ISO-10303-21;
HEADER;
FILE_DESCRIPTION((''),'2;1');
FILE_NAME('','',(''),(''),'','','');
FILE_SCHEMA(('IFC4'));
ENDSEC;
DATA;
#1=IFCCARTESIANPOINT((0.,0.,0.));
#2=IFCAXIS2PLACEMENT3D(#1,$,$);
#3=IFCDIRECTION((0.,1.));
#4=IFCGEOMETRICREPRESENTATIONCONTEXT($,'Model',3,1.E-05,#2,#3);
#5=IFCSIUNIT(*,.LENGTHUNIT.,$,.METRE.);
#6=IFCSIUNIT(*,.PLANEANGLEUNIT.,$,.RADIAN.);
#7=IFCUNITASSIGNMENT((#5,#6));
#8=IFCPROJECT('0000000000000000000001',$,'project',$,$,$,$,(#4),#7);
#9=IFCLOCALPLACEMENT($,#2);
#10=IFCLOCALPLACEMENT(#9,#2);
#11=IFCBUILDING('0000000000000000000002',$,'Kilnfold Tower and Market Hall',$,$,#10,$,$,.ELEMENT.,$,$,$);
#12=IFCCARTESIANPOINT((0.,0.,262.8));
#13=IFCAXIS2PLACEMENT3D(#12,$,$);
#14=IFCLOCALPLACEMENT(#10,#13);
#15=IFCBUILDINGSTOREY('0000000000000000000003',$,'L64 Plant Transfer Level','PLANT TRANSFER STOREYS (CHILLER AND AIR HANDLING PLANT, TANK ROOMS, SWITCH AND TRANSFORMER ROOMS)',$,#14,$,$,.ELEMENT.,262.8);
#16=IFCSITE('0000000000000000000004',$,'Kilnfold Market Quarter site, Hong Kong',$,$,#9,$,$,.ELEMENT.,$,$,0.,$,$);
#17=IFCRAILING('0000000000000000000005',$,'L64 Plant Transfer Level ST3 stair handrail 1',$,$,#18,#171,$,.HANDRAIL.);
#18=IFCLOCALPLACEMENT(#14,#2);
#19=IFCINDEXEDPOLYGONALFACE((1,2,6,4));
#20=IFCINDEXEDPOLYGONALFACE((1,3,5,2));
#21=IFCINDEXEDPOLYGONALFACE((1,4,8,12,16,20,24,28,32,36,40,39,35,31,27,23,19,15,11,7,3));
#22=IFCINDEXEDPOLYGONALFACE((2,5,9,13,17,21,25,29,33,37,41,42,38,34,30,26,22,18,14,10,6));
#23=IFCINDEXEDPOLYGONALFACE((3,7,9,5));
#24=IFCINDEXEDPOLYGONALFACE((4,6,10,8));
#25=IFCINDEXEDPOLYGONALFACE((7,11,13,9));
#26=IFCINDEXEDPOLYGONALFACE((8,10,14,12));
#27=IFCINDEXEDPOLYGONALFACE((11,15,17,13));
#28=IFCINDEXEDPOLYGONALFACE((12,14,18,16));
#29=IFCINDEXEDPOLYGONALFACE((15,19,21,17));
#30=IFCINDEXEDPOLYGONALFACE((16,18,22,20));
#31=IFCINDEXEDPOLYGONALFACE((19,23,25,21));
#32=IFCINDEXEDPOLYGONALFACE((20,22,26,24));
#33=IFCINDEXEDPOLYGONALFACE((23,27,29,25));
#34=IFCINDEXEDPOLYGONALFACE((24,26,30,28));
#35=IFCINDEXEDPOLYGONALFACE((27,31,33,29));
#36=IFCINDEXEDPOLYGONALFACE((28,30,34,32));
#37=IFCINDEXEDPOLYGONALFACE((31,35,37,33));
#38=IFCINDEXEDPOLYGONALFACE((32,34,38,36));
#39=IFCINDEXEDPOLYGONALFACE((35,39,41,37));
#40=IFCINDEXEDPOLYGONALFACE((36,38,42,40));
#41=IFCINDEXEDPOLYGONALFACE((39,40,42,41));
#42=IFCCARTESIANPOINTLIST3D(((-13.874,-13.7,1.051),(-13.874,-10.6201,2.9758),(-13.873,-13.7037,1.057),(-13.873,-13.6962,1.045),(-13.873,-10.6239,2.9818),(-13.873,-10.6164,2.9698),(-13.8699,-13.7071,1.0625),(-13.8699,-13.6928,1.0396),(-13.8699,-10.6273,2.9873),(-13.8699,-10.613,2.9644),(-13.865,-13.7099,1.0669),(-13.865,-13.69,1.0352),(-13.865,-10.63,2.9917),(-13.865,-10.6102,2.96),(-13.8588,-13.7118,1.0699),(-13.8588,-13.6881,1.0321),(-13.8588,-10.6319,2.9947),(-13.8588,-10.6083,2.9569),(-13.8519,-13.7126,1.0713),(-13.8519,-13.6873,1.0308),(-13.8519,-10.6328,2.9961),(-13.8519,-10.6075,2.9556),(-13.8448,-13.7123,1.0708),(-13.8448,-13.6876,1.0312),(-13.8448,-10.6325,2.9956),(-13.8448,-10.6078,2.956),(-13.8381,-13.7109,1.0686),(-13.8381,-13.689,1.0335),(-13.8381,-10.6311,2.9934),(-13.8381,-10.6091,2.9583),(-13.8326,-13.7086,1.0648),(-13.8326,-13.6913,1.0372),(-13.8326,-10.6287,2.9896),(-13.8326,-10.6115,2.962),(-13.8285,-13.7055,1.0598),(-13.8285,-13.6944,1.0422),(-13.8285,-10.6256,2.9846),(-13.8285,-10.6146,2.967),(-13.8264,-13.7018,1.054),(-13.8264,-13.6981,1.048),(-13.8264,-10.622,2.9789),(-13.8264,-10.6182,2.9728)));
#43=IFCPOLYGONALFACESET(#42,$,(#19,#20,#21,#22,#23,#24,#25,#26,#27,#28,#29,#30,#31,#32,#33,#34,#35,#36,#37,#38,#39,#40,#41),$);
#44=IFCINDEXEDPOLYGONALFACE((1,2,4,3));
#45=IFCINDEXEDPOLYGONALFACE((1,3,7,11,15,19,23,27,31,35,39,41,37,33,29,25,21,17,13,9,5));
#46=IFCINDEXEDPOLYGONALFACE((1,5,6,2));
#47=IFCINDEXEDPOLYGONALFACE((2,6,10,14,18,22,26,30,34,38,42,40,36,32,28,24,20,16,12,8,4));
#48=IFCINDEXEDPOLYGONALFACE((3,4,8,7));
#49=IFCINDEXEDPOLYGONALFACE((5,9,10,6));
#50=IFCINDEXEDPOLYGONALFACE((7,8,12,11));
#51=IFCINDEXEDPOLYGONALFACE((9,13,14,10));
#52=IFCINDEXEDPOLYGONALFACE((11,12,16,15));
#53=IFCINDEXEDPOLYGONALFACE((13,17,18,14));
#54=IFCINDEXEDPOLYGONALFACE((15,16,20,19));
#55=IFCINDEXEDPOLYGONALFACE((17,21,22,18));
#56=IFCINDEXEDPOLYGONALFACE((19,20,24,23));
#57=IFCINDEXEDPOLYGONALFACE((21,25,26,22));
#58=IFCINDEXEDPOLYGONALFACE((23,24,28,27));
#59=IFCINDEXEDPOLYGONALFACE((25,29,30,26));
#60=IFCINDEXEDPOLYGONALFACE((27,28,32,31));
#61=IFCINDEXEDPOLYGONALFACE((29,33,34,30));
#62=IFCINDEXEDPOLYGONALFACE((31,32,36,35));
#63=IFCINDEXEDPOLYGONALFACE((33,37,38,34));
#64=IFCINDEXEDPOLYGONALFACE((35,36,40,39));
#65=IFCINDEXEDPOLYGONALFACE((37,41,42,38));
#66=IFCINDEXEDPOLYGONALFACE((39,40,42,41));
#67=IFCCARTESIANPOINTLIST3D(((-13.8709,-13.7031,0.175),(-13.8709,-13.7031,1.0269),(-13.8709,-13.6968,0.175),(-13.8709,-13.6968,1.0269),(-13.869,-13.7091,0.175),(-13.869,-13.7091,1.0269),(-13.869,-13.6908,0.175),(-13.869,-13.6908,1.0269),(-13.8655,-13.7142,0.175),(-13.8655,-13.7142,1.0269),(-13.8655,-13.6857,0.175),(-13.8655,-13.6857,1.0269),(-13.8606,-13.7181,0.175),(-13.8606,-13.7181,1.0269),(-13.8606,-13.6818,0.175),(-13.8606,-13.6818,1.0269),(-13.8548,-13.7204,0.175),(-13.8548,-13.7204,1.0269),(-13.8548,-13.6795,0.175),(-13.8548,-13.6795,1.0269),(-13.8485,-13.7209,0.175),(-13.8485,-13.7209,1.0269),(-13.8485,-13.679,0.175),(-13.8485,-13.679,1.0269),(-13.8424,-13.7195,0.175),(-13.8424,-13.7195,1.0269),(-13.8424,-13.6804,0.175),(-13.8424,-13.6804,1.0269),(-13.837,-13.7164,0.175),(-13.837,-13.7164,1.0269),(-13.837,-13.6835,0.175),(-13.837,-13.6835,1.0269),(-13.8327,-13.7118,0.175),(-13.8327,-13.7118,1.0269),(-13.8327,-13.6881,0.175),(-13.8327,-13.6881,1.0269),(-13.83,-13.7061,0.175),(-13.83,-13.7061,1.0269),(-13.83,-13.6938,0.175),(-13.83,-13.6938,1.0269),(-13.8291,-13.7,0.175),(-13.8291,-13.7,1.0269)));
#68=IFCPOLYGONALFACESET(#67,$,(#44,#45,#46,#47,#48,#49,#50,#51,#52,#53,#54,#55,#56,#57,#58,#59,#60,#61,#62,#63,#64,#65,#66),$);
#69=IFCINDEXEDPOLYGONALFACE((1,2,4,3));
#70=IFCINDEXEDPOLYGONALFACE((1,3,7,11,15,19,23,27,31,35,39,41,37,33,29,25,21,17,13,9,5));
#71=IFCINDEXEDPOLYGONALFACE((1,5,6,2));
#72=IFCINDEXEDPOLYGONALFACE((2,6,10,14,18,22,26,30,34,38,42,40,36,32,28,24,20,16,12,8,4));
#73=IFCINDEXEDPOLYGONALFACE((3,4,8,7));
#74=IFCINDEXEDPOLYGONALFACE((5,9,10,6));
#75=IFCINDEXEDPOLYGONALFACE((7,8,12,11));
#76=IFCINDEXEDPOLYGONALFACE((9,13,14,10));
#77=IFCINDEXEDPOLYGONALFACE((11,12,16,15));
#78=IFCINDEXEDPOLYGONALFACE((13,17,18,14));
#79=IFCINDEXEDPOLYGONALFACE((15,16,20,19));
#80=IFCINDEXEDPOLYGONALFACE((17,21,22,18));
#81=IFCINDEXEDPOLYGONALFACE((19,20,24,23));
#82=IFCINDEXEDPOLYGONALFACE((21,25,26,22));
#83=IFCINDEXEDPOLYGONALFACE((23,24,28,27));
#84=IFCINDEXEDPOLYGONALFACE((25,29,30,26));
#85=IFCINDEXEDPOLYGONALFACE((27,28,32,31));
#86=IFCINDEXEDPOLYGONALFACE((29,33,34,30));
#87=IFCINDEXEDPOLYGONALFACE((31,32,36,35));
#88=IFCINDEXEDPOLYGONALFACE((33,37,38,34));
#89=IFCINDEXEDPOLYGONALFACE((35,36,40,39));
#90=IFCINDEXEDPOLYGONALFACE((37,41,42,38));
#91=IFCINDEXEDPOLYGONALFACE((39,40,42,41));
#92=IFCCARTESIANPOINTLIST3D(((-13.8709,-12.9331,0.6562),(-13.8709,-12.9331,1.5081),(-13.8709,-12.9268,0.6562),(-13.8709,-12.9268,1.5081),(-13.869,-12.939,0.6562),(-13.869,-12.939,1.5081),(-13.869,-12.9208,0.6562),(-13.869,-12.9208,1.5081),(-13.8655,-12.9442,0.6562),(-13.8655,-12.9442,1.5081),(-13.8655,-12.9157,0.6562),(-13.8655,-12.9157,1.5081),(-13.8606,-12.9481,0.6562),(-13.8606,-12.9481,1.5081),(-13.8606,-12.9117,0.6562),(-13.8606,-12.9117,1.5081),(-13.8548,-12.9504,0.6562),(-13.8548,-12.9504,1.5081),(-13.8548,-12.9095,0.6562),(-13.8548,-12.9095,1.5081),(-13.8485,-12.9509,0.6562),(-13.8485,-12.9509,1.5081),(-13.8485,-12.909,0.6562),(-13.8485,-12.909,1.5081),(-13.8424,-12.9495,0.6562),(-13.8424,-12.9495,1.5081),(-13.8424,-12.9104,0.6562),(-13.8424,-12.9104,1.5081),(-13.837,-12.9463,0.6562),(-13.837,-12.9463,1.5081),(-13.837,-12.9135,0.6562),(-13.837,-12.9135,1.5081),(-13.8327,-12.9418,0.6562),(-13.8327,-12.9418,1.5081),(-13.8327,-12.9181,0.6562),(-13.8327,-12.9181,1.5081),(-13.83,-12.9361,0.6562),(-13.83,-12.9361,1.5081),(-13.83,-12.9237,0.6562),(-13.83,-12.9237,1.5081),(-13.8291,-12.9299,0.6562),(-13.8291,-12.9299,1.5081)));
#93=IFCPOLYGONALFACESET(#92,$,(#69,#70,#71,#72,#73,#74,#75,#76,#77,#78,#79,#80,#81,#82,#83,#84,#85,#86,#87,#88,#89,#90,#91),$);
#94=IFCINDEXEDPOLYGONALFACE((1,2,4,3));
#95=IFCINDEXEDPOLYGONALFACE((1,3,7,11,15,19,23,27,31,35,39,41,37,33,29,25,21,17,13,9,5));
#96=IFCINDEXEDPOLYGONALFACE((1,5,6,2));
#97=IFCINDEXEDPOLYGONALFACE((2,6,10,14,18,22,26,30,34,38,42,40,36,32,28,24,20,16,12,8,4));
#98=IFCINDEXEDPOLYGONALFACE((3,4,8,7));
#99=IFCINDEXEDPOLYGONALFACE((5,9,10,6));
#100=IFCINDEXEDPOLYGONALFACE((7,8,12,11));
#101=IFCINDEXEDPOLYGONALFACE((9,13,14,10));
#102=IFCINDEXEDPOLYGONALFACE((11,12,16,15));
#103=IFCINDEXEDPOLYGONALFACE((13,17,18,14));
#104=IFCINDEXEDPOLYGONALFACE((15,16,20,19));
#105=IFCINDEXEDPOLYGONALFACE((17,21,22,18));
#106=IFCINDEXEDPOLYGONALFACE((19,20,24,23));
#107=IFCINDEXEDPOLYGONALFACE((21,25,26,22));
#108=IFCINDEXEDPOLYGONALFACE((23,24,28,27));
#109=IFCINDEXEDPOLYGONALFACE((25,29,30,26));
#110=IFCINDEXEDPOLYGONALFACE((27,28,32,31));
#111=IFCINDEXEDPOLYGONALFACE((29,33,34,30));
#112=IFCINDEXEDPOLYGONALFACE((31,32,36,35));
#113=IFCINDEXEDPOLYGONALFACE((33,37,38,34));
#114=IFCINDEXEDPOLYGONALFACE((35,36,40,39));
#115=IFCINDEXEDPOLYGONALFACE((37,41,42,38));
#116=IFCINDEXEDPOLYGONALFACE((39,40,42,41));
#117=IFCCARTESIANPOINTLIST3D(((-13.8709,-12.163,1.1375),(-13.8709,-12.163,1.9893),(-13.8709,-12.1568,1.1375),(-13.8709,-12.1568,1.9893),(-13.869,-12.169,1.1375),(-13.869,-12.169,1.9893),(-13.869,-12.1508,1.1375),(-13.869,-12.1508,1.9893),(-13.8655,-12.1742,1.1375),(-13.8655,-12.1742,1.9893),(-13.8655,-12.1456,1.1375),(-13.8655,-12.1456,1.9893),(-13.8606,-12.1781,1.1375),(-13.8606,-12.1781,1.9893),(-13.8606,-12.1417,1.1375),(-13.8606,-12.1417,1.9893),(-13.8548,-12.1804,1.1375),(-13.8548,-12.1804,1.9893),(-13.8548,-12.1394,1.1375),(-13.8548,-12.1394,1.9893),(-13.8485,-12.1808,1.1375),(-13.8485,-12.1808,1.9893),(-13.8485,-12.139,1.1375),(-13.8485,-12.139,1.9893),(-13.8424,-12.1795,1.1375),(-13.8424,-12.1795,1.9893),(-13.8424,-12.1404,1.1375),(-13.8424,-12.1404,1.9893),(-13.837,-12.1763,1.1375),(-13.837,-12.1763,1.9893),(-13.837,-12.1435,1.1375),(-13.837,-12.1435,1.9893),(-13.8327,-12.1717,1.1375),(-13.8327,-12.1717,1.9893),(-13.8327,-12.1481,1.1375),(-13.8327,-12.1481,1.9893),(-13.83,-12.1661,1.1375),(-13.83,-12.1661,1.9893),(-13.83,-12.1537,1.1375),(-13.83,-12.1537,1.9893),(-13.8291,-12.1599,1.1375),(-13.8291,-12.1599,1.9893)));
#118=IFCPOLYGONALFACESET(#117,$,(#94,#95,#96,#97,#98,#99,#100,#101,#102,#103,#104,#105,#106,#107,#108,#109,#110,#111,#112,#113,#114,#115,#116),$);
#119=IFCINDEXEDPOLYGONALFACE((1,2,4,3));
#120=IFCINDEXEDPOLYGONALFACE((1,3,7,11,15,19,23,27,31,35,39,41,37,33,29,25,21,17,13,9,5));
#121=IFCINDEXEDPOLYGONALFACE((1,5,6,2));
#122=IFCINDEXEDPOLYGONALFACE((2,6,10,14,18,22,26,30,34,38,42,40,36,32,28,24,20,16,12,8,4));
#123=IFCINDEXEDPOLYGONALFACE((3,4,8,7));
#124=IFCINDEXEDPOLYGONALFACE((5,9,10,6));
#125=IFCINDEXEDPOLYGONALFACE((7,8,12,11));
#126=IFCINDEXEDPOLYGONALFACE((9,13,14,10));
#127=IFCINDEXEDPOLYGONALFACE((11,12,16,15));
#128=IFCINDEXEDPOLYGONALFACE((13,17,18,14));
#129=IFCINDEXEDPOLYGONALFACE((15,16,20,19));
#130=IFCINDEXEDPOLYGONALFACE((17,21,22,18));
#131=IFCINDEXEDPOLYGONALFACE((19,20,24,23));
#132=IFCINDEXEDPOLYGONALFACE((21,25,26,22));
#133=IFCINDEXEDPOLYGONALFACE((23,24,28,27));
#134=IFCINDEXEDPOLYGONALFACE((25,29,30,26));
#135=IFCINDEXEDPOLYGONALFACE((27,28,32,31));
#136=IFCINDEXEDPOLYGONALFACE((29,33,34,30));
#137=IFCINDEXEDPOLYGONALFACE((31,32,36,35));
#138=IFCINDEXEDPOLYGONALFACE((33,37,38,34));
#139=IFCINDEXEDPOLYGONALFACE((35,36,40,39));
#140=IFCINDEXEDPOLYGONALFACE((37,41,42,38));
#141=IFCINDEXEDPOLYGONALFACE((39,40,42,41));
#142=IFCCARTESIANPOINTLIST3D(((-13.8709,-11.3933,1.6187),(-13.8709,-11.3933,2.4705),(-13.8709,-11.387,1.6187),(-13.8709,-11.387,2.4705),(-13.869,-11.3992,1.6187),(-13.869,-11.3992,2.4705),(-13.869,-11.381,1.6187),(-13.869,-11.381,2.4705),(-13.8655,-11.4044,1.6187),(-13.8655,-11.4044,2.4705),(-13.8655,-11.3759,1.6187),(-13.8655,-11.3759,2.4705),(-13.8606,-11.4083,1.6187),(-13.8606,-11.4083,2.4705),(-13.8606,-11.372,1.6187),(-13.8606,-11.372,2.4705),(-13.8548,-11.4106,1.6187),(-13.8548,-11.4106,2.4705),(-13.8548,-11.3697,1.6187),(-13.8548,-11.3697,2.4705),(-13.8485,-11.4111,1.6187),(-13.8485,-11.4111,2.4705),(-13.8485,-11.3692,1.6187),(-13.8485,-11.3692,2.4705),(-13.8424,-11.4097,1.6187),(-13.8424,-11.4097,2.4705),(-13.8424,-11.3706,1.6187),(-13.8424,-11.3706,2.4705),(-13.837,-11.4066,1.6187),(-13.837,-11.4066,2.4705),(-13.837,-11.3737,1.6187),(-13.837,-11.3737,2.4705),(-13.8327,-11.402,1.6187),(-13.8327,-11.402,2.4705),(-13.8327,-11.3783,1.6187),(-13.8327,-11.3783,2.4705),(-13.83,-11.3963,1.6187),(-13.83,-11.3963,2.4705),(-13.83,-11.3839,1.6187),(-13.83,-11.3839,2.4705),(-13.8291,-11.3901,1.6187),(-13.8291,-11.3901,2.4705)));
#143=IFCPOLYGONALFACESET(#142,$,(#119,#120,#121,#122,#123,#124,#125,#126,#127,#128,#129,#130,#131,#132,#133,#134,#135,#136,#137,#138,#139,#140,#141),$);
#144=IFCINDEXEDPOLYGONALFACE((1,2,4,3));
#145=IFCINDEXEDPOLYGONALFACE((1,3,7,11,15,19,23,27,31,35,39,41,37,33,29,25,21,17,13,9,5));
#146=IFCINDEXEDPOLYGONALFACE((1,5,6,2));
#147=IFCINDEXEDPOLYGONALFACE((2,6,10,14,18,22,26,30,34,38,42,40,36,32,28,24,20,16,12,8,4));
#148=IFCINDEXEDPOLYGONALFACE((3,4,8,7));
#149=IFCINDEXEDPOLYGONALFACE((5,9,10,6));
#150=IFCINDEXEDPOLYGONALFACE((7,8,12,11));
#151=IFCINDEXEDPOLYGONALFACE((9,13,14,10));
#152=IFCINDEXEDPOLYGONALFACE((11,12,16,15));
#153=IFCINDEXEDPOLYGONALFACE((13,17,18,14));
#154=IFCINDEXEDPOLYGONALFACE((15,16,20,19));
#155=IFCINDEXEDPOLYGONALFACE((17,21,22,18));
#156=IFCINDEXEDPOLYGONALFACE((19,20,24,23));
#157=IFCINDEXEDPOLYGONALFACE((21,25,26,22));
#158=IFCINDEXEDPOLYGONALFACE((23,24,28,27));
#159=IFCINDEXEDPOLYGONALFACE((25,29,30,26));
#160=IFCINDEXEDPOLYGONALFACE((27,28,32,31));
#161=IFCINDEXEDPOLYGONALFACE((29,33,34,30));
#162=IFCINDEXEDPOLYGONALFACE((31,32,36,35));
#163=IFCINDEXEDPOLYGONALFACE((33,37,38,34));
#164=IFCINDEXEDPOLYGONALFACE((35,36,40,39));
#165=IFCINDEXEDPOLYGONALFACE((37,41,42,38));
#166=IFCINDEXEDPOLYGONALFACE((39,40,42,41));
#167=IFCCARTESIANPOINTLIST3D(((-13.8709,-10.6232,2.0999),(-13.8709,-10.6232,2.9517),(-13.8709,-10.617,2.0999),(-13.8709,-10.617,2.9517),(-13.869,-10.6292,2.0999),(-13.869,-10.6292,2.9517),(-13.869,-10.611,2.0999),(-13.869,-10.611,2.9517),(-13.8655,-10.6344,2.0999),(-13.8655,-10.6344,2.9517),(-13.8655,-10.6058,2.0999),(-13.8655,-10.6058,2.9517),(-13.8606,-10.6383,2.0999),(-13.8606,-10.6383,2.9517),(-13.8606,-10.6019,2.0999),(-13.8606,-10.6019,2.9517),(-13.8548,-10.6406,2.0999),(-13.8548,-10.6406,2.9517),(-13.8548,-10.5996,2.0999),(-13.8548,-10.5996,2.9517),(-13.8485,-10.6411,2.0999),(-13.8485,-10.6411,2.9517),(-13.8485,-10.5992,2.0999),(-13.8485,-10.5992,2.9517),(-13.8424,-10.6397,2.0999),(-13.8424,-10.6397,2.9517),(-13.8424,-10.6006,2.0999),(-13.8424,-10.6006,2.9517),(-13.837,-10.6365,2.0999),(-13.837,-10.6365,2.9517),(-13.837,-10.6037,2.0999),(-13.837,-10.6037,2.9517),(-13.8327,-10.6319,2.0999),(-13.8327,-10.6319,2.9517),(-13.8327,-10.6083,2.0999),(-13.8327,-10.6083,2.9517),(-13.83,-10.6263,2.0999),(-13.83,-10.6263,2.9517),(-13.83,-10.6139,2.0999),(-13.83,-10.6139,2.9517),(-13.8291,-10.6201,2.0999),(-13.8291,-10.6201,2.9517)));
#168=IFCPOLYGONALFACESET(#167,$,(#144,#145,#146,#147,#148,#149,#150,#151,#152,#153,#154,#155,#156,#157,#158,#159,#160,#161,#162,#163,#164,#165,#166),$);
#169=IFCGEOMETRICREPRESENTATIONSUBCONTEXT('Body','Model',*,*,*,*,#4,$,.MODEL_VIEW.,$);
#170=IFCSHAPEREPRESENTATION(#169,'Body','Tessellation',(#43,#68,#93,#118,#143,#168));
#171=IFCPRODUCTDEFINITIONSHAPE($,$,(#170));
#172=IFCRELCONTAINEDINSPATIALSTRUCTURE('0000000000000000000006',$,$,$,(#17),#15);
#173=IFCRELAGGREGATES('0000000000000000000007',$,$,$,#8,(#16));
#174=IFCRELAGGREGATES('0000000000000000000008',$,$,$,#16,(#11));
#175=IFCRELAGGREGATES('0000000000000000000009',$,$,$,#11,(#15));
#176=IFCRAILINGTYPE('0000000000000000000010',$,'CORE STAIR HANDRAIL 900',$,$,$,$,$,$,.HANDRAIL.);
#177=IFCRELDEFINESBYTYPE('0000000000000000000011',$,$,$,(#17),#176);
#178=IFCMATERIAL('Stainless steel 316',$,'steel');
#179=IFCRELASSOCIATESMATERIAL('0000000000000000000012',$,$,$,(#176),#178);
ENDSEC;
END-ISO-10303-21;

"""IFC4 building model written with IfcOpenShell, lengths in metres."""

from ifc_helpers import new_model, si_unit, direction, frame, origin, origin_2d, place, context, subcontext, project, spatial, circle, extrude, material, type_object, element, save


model = new_model("IFC4")

# Units and contexts
model_context = context("Model", 3, precision=1e-05, world=origin(), true_north=direction((0.0, 1.0)))
body_context = subcontext(model_context, "Body", "Model", "MODEL_VIEW")
ifc_project = project(units=[si_unit("LENGTHUNIT", "METRE"), si_unit("PLANEANGLEUNIT", "RADIAN")], contexts=[model_context])

# Site, building, storey
site_placement = place(None, origin())
site = spatial("IfcSite", under=ifc_project, at=site_placement, Name="Kilnfold Market Quarter site, Hong Kong", CompositionType="ELEMENT", RefElevation=0.0)
building_placement = place(site_placement, origin())
building = spatial("IfcBuilding", under=site, at=building_placement, Name="Kilnfold Tower and Market Hall", CompositionType="ELEMENT")
storey_placement = place(building_placement, frame((0.0, 0.0, 262.8)))
storey = spatial("IfcBuildingStorey", under=building, at=storey_placement, Name="L64 Plant Transfer Level", Description="PLANT TRANSFER STOREYS (CHILLER AND AIR HANDLING PLANT, TANK ROOMS, SWITCH AND TRANSFORMER ROOMS)", CompositionType="ELEMENT", Elevation=262.8)

# Railing
ifc_material_1 = material(Name="Stainless steel 316", Category="steel")
railing_type_1 = type_object("IfcRailingType", Name="CORE STAIR HANDRAIL 900", PredefinedType="HANDRAIL", material=ifc_material_1)
railing_1_placement = place(storey_placement, frame((-13.8501, -13.7, 0.175)))
element("IfcRailing", 1, at=railing_1_placement, inside=storey, type_object=railing_type_1, Name="L64 Plant Transfer Level ST3 stair handrail 1", PredefinedType="HANDRAIL", context=body_context, shape_type="SweptSolid", body=[
    extrude(circle(Radius=0.0239, at=origin_2d()), frame((0.0, 0.0, 0.876), z_axis=(0.0, 0.84801, 0.529981), x_axis=(-1.0, 0.0, 0.0)), (0.0, 0.0, 1.0), 3.6318),
    extrude(circle(Radius=0.021, at=origin_2d()), origin(), (0.0, 0.0, 1.0), 0.8518),
    extrude(circle(Radius=0.021, at=origin_2d()), frame((0.0, 0.77, 0.4812)), (0.0, 0.0, 1.0), 0.8518),
    extrude(circle(Radius=0.021, at=origin_2d()), frame((0.0, 1.54, 0.9624)), (0.0, 0.0, 1.0), 0.8518),
    extrude(circle(Radius=0.021, at=origin_2d()), frame((0.0, 2.3098, 1.4436)), (0.0, 0.0, 1.0), 0.8518),
    extrude(circle(Radius=0.021, at=origin_2d()), frame((0.0, 3.0798, 1.9248)), (0.0, 0.0, 1.0), 0.8518),
])

save(model, "model.ifc")
